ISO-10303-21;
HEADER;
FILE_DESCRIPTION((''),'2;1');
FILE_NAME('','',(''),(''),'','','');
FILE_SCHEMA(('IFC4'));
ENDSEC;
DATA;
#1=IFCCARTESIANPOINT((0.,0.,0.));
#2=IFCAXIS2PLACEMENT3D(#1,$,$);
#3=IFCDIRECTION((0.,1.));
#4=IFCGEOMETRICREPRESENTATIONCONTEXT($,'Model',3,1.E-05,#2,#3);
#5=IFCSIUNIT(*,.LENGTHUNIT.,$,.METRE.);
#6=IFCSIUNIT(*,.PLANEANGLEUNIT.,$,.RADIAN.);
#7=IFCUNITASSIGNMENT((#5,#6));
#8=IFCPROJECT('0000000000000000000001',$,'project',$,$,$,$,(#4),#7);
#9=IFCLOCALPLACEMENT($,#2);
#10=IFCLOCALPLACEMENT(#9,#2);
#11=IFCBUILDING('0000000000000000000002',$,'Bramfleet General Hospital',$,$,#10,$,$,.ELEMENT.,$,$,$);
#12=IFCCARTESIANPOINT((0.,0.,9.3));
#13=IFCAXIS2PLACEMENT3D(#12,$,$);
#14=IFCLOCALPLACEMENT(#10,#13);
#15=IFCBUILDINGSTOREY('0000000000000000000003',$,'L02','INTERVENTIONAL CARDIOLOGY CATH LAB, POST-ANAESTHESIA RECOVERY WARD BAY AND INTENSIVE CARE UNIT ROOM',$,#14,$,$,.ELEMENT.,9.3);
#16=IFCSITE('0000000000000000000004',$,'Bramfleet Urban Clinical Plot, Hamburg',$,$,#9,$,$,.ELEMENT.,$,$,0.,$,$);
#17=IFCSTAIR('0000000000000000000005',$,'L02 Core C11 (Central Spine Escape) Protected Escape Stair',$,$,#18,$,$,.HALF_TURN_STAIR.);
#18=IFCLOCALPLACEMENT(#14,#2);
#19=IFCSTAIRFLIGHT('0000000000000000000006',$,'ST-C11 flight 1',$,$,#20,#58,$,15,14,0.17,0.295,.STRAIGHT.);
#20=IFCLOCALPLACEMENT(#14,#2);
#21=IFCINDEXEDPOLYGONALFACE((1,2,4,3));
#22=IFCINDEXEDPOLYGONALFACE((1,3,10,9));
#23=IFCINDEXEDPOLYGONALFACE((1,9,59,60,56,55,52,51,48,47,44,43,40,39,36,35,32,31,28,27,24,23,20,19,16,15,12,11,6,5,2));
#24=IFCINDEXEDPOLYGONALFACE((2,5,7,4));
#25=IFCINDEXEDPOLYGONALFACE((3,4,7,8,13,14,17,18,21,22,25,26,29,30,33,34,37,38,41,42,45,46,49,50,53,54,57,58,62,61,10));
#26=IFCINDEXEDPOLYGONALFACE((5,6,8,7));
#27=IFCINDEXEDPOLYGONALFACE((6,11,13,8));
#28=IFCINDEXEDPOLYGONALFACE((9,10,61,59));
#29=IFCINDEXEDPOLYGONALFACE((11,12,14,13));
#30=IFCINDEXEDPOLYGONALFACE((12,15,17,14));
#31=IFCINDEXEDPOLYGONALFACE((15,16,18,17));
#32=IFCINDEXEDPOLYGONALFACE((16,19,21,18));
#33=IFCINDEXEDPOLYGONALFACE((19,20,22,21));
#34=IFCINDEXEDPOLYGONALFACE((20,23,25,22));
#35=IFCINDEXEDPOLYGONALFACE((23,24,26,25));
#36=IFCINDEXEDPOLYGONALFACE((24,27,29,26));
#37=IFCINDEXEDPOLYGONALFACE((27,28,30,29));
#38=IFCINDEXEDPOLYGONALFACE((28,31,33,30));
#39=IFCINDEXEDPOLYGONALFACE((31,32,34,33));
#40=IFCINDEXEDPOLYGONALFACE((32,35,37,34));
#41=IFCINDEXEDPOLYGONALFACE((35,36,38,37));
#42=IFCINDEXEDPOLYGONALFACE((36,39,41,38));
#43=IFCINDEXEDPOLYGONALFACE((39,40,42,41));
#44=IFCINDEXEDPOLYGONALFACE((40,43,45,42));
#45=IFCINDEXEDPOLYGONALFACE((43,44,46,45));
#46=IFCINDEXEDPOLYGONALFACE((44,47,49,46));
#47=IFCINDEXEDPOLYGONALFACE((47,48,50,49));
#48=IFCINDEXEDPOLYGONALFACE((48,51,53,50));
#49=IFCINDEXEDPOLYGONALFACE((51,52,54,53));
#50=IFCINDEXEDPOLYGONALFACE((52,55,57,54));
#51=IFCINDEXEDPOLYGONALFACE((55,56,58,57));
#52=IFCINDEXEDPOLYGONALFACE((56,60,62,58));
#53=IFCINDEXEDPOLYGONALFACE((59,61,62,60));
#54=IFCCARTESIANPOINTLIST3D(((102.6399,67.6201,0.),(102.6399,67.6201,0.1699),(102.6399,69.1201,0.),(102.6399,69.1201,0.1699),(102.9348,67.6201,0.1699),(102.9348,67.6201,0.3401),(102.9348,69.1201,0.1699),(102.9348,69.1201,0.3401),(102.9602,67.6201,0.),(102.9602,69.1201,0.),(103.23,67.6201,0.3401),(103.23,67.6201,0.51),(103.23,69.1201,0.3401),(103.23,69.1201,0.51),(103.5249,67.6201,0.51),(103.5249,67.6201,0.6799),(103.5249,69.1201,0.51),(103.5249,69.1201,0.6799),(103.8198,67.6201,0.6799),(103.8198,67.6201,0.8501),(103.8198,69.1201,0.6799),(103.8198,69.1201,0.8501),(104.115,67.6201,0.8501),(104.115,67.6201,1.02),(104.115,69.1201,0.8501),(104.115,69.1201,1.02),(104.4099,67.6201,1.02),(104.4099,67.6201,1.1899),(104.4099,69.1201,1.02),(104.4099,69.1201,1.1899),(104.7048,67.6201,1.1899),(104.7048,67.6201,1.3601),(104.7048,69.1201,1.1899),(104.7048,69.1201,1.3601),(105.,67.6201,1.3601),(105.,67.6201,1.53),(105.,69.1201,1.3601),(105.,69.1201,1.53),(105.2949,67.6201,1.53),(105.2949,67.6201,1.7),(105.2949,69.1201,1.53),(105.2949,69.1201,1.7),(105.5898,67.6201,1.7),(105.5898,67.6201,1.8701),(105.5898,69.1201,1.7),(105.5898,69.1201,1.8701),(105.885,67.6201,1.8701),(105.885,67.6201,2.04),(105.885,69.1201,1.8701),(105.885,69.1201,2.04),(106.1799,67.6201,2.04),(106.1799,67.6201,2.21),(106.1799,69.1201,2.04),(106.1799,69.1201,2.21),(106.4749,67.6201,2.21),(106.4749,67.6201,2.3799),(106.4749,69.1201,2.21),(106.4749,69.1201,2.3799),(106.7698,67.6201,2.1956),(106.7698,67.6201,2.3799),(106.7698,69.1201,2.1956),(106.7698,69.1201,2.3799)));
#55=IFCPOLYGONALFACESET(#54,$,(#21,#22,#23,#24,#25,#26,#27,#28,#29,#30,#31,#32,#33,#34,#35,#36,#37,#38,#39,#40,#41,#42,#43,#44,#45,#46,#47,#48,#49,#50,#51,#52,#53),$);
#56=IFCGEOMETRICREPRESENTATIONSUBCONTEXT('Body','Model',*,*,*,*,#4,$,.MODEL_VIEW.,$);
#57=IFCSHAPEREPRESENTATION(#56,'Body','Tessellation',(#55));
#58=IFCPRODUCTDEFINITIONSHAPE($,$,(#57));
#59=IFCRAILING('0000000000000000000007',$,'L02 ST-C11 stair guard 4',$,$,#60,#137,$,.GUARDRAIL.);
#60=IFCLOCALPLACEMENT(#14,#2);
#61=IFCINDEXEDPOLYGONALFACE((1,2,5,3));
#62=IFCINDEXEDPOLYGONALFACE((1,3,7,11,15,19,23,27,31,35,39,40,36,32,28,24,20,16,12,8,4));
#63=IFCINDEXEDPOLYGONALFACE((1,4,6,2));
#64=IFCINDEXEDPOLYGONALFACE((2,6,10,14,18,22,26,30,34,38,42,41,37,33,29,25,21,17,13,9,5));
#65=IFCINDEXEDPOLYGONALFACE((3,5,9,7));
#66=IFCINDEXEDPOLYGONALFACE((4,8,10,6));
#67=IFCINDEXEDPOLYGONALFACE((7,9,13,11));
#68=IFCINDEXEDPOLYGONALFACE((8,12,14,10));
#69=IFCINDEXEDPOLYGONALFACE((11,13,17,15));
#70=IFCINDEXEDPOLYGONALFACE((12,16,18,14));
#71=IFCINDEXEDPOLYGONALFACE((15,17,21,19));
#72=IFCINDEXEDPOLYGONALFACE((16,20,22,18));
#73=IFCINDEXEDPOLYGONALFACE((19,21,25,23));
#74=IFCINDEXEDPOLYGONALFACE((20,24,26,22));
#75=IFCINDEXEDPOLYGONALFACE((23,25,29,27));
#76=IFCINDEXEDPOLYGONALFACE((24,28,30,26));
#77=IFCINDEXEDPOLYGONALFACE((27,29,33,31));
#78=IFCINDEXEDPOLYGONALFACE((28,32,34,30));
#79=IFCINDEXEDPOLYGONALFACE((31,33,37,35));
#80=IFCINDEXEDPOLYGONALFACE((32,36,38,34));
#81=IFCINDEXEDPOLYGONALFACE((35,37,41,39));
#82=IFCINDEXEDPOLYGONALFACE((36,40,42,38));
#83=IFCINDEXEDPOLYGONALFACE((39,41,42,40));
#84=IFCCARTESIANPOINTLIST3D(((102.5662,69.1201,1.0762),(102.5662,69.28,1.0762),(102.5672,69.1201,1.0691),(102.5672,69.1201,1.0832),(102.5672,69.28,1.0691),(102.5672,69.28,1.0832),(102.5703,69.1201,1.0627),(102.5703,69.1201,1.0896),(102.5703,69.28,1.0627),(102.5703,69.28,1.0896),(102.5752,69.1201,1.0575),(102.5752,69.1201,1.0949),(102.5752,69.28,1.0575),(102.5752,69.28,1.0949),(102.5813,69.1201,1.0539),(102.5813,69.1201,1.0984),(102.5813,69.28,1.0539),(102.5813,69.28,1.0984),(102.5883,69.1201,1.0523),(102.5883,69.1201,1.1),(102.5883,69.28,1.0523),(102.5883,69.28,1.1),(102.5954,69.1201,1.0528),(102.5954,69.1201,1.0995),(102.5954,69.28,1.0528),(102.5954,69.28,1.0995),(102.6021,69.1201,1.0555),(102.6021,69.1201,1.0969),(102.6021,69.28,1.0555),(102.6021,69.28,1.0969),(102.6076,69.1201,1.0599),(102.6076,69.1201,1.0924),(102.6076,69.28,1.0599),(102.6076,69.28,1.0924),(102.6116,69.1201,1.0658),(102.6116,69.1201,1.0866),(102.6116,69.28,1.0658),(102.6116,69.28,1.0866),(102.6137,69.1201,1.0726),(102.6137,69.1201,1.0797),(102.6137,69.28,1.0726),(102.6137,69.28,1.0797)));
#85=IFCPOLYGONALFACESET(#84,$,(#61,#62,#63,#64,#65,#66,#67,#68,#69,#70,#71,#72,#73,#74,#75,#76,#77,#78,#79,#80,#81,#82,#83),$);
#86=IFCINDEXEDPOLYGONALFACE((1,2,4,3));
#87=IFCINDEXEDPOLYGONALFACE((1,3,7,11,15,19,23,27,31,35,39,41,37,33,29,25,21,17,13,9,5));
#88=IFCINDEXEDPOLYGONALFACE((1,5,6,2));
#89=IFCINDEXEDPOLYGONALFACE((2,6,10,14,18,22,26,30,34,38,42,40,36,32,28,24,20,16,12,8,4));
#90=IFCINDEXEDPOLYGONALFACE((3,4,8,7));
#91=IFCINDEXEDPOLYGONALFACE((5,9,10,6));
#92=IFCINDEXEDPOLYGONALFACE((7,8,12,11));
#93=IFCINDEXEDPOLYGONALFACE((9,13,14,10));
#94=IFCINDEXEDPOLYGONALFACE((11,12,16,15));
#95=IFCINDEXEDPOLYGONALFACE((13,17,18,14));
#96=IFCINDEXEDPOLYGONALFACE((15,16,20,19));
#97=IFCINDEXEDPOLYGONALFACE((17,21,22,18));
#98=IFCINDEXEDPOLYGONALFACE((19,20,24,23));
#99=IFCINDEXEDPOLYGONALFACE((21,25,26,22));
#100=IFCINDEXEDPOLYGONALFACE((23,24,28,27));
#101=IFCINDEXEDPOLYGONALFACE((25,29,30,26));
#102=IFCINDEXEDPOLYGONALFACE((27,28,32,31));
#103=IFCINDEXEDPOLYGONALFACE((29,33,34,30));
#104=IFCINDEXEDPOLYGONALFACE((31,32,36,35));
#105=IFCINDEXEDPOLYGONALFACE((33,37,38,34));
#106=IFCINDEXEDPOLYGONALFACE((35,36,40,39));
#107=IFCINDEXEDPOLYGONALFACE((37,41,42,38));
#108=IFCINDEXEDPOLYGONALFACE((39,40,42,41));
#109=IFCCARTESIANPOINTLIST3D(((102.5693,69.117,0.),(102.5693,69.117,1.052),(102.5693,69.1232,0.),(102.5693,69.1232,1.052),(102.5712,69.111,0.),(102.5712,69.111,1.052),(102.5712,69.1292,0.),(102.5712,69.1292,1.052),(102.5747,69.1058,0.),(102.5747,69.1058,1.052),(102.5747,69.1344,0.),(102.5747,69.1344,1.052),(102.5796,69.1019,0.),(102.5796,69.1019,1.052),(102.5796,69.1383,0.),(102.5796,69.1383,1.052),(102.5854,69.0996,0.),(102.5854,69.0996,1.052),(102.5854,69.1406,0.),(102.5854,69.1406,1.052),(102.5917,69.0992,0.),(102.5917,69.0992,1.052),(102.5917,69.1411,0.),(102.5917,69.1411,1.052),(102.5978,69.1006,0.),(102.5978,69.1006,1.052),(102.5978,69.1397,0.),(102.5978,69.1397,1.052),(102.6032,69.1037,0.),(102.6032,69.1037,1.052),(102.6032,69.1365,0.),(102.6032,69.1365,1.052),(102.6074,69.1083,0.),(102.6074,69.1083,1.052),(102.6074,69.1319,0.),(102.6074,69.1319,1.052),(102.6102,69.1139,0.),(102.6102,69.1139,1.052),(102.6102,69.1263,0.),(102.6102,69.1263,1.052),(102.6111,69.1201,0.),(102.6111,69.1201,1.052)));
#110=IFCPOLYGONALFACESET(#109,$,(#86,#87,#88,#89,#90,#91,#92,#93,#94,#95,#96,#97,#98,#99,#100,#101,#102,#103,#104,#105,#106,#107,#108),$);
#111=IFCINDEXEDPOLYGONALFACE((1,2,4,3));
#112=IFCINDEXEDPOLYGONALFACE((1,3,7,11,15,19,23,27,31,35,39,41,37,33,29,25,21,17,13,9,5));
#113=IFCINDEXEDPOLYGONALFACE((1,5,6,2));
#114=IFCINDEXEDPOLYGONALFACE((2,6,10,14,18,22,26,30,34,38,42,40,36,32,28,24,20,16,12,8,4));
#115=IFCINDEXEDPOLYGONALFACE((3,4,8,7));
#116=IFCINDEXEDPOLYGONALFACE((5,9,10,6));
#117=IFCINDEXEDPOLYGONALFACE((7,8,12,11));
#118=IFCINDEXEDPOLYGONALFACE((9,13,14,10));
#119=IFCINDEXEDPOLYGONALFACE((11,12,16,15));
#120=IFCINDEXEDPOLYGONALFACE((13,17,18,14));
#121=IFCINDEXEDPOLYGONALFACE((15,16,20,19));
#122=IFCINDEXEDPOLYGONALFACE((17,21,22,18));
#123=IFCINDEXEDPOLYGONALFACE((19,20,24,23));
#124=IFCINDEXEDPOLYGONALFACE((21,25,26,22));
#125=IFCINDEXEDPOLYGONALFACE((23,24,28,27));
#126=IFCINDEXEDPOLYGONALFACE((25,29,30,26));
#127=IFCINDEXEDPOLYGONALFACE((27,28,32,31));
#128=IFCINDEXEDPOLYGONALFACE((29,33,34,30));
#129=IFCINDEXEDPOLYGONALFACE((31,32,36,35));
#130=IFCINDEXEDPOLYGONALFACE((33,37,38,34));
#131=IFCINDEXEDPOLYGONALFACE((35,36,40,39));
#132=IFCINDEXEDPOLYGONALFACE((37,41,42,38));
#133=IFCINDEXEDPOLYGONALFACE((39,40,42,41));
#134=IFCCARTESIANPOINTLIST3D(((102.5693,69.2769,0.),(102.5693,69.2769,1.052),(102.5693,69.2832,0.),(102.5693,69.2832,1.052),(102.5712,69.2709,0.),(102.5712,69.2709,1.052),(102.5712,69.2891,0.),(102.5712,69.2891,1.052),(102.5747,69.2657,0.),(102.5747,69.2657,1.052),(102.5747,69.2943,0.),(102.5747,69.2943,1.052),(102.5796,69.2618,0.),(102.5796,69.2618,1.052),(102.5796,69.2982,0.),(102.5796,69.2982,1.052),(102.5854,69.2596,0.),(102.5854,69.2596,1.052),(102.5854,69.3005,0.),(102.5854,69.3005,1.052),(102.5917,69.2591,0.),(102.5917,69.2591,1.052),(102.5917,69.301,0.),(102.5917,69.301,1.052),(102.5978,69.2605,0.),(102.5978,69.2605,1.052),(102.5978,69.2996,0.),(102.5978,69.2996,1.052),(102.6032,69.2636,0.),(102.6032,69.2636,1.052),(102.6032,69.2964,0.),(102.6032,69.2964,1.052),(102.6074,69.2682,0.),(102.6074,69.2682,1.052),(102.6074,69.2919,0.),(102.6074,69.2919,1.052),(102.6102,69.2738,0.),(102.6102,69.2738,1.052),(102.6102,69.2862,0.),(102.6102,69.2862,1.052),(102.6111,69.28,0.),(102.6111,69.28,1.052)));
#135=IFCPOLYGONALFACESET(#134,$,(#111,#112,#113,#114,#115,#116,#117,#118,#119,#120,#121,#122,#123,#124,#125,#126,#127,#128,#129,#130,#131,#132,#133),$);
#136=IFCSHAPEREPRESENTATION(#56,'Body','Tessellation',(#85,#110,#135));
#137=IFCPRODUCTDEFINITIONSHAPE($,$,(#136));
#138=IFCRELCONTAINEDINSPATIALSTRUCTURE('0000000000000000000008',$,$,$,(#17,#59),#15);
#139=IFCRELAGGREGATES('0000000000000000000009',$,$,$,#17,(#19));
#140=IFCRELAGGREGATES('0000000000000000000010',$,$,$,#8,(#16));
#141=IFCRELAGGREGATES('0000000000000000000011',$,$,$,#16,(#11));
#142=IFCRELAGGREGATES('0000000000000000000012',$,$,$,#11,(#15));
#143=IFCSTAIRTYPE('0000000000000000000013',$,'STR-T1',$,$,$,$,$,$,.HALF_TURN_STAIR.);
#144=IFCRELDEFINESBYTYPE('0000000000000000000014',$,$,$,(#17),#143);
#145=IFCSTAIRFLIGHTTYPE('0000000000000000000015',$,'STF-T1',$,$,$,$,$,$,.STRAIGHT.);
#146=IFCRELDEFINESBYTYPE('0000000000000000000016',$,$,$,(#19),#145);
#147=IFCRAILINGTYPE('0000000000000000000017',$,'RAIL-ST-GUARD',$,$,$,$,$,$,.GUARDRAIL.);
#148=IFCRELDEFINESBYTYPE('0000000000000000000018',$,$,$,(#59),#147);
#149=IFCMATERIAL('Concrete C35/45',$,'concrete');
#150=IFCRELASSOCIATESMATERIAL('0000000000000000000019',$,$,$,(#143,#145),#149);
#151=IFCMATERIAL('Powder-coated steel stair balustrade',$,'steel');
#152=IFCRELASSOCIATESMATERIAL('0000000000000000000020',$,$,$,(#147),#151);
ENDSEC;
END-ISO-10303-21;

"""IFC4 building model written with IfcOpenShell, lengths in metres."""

from ifc_helpers import new_model, si_unit, direction, frame, origin, origin_2d, place, context, subcontext, project, spatial, polyline, circle, outline, extrude, material, type_object, element, aggregate, save


model = new_model("IFC4")

# Units and contexts
model_context = context("Model", 3, precision=1e-05, world=origin(), true_north=direction((0.0, 1.0)))
body_context = subcontext(model_context, "Body", "Model", "MODEL_VIEW")
ifc_project = project(units=[si_unit("LENGTHUNIT", "METRE"), si_unit("PLANEANGLEUNIT", "RADIAN")], contexts=[model_context])

# Site, building, storey
site_placement = place(None, origin())
site = spatial("IfcSite", under=ifc_project, at=site_placement, Name="Bramfleet Urban Clinical Plot, Hamburg", CompositionType="ELEMENT", RefElevation=0.0)
building_placement = place(site_placement, origin())
building = spatial("IfcBuilding", under=site, at=building_placement, Name="Bramfleet General Hospital", CompositionType="ELEMENT")
storey_placement = place(building_placement, frame((0.0, 0.0, 9.3)))
storey = spatial("IfcBuildingStorey", under=building, at=storey_placement, Name="L02", Description="INTERVENTIONAL CARDIOLOGY CATH LAB, POST-ANAESTHESIA RECOVERY WARD BAY AND INTENSIVE CARE UNIT ROOM", CompositionType="ELEMENT", Elevation=9.3)

# Shared definitions
ifc_material_1 = material(Name="Concrete C35/45", Category="concrete")

# Stair, stair flight
stair_type = type_object("IfcStairType", Name="STR-T1", PredefinedType="HALF_TURN_STAIR", material=ifc_material_1)
stair_placement = place(storey_placement, origin())
stair = element("IfcStair", 1, at=stair_placement, inside=storey, type_object=stair_type, Name="L02 Core C11 (Central Spine Escape) Protected Escape Stair", PredefinedType="HALF_TURN_STAIR")
stair_flight_type = type_object("IfcStairFlightType", Name="STF-T1", PredefinedType="STRAIGHT", material=ifc_material_1)
stair_flight_placement = place(storey_placement, frame((102.6399, 68.3701, 0.0), z_axis=(0.0, 0.0, 1.0), x_axis=(1.0, 0.0, 0.0)))
stair_flight = element("IfcStairFlight", 2, at=stair_flight_placement, type_object=stair_flight_type, Name="ST-C11 flight 1", NumberOfRisers=15, NumberOfTreads=14, PredefinedType="STRAIGHT", RiserHeight=0.17, TreadLength=0.295, context=body_context, shape_type="SweptSolid", body=[
    extrude(outline(polyline([(0.0, 0.0), (0.0, 0.1699), (0.2949, 0.1699), (0.2949, 0.3401), (0.5901, 0.3401), (0.5901, 0.51), (0.885, 0.51), (0.885, 0.6799), (1.1799, 0.6799), (1.1799, 0.8501), (1.4751, 0.8501), (1.4751, 1.02), (1.77, 1.02), (1.77, 1.1899), (2.0649, 1.1899), (2.0649, 1.3601), (2.3601, 1.3601), (2.3601, 1.53), (2.655, 1.53), (2.655, 1.7), (2.95, 1.7), (2.95, 1.8701), (3.2451, 1.8701), (3.2451, 2.04), (3.54, 2.04), (3.54, 2.21), (3.835, 2.21), (3.835, 2.3799), (4.1299, 2.3799), (4.1299, 2.55), (4.1299, 2.1956), (0.3203, 0.0), (0.0, 0.0)])), frame((0.0, 0.75, 0.0), z_axis=(0.0, -1.0, 0.0), x_axis=(1.0, 0.0, 0.0)), (0.0, 0.0, 1.0), 1.5),
])
aggregate(stair, [stair_flight])

# Railing
ifc_material_2 = material(Name="Powder-coated steel stair balustrade", Category="steel")
railing_type_1 = type_object("IfcRailingType", Name="RAIL-ST-GUARD", PredefinedType="GUARDRAIL", material=ifc_material_2)
railing_1_placement = place(storey_placement, frame((102.5901, 69.1201, 0.0)))
element("IfcRailing", 3, at=railing_1_placement, inside=storey, type_object=railing_type_1, Name="L02 ST-C11 stair guard 4", PredefinedType="GUARDRAIL", context=body_context, shape_type="SweptSolid", body=[
    extrude(circle(Radius=0.0239, at=origin_2d()), frame((0.0, 0.0, 1.0762), z_axis=(0.0, 1.0, 0.0), x_axis=(-1.0, 0.0, 0.0)), (0.0, 0.0, 1.0), 0.1599),
    extrude(circle(Radius=0.021, at=origin_2d()), origin(), (0.0, 0.0, 1.0), 1.052),
    extrude(circle(Radius=0.021, at=origin_2d()), frame((0.0, 0.1599, 0.0)), (0.0, 0.0, 1.0), 1.052),
])

save(model, "model.ifc")
